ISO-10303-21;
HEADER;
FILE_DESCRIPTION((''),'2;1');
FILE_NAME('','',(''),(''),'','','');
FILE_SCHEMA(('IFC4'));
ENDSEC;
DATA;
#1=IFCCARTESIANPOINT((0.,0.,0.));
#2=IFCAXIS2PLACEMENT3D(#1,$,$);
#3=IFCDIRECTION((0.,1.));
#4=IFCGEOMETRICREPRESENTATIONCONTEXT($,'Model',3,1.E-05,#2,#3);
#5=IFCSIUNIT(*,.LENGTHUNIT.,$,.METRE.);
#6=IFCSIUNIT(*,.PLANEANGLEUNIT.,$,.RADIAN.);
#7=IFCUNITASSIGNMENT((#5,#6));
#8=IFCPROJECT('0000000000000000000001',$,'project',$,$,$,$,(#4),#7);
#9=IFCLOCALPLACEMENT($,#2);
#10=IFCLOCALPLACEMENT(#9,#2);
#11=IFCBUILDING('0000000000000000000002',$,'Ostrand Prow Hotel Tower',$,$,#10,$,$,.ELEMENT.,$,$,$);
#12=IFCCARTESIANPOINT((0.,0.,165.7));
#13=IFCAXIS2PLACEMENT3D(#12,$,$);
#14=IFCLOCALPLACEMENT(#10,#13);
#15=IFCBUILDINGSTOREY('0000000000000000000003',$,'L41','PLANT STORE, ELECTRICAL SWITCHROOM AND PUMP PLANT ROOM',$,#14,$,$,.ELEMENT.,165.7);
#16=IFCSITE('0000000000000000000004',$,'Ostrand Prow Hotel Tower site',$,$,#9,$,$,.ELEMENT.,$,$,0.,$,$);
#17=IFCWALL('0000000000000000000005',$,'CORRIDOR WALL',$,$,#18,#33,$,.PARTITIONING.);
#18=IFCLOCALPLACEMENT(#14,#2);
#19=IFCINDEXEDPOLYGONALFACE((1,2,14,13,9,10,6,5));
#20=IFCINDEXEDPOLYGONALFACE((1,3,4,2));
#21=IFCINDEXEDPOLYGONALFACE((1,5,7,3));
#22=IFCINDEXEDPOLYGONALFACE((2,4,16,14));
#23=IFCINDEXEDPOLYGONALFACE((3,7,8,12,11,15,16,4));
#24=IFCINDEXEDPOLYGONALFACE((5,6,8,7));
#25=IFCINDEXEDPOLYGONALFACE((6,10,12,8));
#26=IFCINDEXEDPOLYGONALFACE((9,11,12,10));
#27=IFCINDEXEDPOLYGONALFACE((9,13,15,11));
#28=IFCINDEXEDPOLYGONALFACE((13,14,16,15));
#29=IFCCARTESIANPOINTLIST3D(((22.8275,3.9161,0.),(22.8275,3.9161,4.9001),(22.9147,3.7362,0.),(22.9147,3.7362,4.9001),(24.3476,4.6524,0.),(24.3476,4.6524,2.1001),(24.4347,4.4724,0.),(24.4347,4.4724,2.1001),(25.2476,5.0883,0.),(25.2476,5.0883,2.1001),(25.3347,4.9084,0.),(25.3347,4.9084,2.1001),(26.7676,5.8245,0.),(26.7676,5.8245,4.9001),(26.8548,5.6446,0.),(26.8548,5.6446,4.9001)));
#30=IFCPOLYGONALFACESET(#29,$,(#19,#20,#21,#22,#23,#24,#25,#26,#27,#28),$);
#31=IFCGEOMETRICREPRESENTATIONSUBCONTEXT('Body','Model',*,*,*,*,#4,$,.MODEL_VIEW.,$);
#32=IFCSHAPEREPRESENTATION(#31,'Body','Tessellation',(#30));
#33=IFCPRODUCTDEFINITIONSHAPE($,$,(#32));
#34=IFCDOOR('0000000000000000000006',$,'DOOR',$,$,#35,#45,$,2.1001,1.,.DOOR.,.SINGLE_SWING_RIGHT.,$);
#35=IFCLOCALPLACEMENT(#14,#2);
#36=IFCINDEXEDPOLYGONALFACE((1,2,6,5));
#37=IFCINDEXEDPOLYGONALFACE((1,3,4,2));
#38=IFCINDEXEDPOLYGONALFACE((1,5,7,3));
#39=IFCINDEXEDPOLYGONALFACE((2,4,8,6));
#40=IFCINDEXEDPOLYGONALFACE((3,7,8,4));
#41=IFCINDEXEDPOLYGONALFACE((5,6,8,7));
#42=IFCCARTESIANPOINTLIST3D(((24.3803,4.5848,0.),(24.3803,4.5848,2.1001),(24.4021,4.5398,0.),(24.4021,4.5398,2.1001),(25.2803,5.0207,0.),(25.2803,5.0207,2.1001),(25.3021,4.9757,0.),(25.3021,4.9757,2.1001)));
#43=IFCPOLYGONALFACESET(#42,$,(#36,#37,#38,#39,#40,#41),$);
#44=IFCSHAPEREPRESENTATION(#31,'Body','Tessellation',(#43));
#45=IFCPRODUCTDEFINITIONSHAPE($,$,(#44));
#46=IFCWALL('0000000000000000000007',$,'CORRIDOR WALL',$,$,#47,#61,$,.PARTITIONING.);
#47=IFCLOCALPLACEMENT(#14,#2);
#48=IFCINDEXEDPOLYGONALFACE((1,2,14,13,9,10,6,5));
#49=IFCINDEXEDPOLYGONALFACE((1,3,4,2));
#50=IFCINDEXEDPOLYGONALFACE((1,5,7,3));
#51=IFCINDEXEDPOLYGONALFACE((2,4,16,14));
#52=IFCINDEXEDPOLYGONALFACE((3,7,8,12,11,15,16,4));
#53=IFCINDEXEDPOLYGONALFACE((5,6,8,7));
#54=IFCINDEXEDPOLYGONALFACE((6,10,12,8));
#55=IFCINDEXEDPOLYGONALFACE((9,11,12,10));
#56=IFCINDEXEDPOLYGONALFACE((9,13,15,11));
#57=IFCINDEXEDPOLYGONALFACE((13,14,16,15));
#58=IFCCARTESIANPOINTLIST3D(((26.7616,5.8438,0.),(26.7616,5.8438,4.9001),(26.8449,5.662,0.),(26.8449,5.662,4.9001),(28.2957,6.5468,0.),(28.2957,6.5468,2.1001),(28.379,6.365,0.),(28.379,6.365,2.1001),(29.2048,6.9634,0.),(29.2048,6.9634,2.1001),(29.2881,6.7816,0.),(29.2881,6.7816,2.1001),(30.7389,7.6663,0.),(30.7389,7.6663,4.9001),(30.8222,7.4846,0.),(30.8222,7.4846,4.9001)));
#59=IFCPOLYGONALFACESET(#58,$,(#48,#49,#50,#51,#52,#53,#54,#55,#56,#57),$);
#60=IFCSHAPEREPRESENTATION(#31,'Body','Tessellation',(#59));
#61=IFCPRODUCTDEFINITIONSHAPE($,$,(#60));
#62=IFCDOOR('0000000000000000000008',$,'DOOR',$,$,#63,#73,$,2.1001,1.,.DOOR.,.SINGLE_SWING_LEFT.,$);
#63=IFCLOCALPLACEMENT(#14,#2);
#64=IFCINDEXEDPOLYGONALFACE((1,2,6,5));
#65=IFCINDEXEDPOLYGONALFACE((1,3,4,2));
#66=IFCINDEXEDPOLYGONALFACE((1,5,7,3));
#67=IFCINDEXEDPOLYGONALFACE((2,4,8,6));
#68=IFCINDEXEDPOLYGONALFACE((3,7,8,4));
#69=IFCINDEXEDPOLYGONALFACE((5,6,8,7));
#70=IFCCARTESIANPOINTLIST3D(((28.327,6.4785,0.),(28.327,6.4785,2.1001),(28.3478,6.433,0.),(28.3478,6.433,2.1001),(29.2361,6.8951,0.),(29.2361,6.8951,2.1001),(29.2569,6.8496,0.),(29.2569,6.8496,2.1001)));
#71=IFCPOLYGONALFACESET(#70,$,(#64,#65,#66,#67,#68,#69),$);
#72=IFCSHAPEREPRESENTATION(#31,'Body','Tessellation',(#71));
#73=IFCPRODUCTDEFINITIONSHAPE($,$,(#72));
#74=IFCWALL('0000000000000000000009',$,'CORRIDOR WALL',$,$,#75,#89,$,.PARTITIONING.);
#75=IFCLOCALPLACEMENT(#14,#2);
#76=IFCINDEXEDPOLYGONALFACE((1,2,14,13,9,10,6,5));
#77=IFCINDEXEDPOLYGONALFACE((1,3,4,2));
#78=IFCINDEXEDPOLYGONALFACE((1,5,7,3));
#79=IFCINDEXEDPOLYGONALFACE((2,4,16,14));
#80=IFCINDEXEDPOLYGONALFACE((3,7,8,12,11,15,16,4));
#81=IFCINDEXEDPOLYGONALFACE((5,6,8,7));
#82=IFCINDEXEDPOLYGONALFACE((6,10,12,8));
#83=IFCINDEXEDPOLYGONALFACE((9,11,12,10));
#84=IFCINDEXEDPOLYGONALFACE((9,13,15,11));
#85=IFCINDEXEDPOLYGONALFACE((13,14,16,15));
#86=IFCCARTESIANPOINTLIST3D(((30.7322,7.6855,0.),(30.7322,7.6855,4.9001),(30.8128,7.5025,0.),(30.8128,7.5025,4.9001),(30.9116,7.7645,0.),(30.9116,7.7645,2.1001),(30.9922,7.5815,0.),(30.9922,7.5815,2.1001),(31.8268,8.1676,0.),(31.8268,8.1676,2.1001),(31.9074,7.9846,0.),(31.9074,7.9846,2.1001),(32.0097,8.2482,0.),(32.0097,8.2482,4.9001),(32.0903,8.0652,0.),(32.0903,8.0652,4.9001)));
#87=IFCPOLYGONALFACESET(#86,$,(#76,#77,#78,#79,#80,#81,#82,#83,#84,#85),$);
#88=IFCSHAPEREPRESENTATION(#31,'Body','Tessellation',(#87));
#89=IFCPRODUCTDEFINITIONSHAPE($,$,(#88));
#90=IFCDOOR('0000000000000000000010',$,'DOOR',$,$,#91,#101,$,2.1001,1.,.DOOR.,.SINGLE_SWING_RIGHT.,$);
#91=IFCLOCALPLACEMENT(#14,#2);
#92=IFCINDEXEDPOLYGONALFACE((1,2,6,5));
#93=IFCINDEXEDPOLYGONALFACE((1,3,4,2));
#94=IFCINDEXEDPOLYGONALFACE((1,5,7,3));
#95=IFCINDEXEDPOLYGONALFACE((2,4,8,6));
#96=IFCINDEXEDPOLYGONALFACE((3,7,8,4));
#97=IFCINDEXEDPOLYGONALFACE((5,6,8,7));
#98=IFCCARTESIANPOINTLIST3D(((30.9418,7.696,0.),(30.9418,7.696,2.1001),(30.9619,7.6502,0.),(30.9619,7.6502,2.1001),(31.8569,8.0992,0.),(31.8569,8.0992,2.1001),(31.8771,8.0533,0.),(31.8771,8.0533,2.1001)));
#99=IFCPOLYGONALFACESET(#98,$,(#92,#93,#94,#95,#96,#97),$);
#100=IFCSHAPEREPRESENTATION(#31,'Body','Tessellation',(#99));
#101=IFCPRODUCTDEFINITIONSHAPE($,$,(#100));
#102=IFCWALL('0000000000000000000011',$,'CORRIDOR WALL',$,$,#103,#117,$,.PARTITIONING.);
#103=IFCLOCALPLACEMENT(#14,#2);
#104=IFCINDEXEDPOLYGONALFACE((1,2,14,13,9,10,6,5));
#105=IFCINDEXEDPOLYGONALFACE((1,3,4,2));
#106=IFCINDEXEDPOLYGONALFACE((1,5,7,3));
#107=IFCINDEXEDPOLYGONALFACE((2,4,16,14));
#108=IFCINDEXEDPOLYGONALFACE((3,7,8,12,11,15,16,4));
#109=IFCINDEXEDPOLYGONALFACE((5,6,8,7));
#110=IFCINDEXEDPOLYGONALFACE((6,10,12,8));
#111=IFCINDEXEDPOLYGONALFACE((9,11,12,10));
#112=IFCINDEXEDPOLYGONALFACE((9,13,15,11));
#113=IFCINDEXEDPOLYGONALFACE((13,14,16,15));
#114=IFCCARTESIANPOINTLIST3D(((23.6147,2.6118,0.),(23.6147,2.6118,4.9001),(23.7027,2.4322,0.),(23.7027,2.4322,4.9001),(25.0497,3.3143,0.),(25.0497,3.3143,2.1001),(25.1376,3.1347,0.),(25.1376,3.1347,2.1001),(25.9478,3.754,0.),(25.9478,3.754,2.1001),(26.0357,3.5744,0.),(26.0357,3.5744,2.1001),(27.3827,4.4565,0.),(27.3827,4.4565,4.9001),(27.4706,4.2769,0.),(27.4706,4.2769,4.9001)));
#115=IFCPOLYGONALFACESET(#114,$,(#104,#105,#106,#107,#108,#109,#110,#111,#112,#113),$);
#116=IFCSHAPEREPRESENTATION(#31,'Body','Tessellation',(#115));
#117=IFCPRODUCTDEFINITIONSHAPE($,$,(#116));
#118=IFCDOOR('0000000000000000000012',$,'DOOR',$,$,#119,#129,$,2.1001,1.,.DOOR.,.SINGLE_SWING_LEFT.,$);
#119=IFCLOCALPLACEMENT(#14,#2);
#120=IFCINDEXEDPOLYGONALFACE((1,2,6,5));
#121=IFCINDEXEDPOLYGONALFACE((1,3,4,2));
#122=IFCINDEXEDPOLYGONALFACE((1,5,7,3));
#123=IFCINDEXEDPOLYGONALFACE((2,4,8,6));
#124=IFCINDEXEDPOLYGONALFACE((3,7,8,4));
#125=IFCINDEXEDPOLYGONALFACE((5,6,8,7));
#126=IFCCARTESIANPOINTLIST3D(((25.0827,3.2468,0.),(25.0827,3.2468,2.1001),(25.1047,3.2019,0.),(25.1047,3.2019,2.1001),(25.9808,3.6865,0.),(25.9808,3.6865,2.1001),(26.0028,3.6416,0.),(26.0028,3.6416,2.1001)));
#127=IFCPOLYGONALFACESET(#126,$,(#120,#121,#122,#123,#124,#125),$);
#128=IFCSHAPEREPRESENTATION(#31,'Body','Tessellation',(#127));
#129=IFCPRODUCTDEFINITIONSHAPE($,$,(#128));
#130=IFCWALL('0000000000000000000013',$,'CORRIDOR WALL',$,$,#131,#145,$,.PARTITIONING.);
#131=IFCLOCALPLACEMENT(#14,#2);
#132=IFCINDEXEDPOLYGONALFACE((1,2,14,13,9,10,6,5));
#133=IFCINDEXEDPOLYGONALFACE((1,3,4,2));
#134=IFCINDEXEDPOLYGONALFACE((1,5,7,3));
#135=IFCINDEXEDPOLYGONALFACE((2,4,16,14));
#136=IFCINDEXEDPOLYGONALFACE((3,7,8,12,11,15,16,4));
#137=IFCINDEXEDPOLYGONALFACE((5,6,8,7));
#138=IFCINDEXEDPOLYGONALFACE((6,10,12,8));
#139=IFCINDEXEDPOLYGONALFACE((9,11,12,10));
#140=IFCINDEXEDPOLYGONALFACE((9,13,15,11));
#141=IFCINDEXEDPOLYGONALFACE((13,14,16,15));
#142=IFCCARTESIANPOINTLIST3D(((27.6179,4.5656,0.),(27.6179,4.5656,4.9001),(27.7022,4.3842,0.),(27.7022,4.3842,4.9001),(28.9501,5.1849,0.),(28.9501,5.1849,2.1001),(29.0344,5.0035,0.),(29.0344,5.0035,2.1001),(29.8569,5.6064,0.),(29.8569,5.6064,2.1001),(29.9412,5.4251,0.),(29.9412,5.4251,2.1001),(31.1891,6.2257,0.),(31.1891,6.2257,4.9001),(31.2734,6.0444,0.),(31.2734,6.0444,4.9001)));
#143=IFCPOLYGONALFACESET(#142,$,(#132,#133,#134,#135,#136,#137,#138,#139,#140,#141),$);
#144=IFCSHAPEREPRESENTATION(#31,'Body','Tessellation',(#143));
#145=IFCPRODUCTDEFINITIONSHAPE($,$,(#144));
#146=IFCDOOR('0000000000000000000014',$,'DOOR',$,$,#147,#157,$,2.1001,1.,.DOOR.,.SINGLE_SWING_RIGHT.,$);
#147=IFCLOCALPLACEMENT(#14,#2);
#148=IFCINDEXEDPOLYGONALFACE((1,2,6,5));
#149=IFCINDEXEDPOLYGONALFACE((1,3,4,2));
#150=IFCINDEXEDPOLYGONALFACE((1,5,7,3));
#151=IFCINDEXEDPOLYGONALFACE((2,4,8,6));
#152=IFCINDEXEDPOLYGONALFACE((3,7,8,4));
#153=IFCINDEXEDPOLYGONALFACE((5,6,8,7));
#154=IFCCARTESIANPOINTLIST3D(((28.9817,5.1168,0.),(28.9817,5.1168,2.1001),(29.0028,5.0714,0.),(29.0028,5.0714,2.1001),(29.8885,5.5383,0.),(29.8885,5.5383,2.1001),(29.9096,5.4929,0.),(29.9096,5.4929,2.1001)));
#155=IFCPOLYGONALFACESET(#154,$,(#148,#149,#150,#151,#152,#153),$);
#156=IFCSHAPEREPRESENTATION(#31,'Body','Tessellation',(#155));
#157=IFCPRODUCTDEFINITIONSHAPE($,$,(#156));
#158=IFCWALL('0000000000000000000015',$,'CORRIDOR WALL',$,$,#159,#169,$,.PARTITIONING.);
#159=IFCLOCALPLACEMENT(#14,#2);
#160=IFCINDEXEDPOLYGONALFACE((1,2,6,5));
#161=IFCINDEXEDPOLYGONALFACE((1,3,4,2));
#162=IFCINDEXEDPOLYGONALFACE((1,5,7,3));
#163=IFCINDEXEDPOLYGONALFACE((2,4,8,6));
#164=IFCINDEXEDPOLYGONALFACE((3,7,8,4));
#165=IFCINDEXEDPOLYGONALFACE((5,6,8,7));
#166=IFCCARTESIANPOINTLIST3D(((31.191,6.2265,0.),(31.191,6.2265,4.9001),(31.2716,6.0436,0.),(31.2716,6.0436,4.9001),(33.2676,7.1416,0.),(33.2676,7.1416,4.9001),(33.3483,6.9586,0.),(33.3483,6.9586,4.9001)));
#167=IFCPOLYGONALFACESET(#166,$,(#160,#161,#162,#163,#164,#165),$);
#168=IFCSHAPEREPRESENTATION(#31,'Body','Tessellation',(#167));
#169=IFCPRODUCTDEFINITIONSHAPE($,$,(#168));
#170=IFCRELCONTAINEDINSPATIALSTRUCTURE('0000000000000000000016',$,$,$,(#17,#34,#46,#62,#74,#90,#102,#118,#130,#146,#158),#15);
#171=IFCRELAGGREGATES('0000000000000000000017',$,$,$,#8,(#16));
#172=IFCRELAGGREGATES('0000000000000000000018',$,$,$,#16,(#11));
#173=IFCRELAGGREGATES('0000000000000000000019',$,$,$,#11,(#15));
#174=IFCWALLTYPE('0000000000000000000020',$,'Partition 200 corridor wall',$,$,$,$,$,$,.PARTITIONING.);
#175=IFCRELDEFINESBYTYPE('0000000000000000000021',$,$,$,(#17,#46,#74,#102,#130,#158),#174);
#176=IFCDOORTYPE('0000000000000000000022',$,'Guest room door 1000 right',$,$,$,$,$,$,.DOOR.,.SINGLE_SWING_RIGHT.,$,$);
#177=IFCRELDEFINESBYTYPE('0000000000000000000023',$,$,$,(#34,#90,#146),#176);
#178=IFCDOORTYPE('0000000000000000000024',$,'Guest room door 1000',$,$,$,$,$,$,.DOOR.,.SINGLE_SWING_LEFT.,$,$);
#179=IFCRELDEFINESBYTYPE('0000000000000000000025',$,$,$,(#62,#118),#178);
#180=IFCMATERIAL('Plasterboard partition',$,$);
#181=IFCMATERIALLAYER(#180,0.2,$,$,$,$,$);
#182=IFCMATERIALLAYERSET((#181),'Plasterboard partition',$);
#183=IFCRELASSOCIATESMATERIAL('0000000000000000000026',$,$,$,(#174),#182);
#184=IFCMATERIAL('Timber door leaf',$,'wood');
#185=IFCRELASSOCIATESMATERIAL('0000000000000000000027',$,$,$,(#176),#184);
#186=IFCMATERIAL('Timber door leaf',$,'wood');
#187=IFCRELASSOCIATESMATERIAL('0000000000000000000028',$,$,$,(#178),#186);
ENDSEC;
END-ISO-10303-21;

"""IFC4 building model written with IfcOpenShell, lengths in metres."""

from ifc_helpers import new_model, si_unit, direction, frame, frame_2d, origin, place, context, subcontext, project, spatial, rectangle, extrude, material, layer, layer_set, type_object, element, fill, save


model = new_model("IFC4")

# Units and contexts
model_context = context("Model", 3, precision=1e-05, world=origin(), true_north=direction((0.0, 1.0)))
body_context = subcontext(model_context, "Body", "Model", "MODEL_VIEW")
ifc_project = project(units=[si_unit("LENGTHUNIT", "METRE"), si_unit("PLANEANGLEUNIT", "RADIAN")], contexts=[model_context])

# Site, building, storey
site_placement = place(None, origin())
site = spatial("IfcSite", under=ifc_project, at=site_placement, Name="Ostrand Prow Hotel Tower site", CompositionType="ELEMENT", RefElevation=0.0)
building_placement = place(site_placement, origin())
building = spatial("IfcBuilding", under=site, at=building_placement, Name="Ostrand Prow Hotel Tower", CompositionType="ELEMENT")
storey_placement = place(building_placement, frame((0.0, 0.0, 165.7)))
storey = spatial("IfcBuildingStorey", under=building, at=storey_placement, Name="L41", Description="PLANT STORE, ELECTRICAL SWITCHROOM AND PUMP PLANT ROOM", CompositionType="ELEMENT", Elevation=165.7)

# Walls, openings, doors
ifc_material_1 = material(Name="Plasterboard partition")
ifc_layer_1 = layer(ifc_material_1, 0.2)
ifc_layer_set_1 = layer_set([ifc_layer_1], Name="Plasterboard partition")
wall_type_1 = type_object("IfcWallType", Name="Partition 200 corridor wall", PredefinedType="PARTITIONING", material=ifc_layer_set_1)
wall_1_placement = place(storey_placement, frame((22.8711, 3.8262, 0.0), z_axis=(0.0, 0.0, 1.0), x_axis=(0.899989, 0.435914, 0.0)))
wall_1 = element("IfcWall", 1, at=wall_1_placement, inside=storey, type_object=wall_type_1, Name="CORRIDOR WALL", PredefinedType="PARTITIONING", context=body_context, shape_type="SweptSolid", body=[
    extrude(rectangle(XDim=4.3779, YDim=0.2, at=frame_2d((2.189, 0.0))), origin(), (0.0, 0.0, 1.0), 4.9001),
])
opening_1_placement = place(wall_1_placement, frame((1.689, 0.0, 0.0)))
opening_1 = element("IfcOpeningElement", 2, at=opening_1_placement, cuts=wall_1, PredefinedType="OPENING", context=body_context, shape_type="SweptSolid", body=[
    extrude(rectangle(XDim=1.0, YDim=2.1001, at=frame_2d((0.5, 1.05))), frame((0.0, 0.1099, 0.0), z_axis=(0.0, -1.0, 0.0), x_axis=(1.0, 0.0, 0.0)), (0.0, 0.0, 1.0), 0.22),
])
ifc_material_2 = material(Name="Timber door leaf", Category="wood")
door_type_1 = type_object("IfcDoorType", Name="Guest room door 1000 right", OperationType="SINGLE_SWING_RIGHT", PredefinedType="DOOR", material=ifc_material_2)
door_1_placement = place(opening_1_placement, origin())
door_1 = element("IfcDoor", 3, at=door_1_placement, inside=storey, type_object=door_type_1, Name="DOOR", OperationType="SINGLE_SWING_RIGHT", OverallHeight=2.1001, OverallWidth=1.0, PredefinedType="DOOR", context=body_context, shape_type="SweptSolid", body=[
    extrude(rectangle(XDim=1.0, YDim=2.1001, at=frame_2d((0.5, 1.05))), frame((0.0, 0.0249, 0.0), z_axis=(0.0, -1.0, 0.0), x_axis=(1.0, 0.0, 0.0)), (0.0, 0.0, 1.0), 0.05),
])
fill(opening_1, door_1)
wall_2_placement = place(storey_placement, frame((26.8032, 5.7529, 0.0), z_axis=(0.0, 0.0, 1.0), x_axis=(0.909101, 0.416576, 0.0)))
wall_2 = element("IfcWall", 4, at=wall_2_placement, inside=storey, type_object=wall_type_1, Name="CORRIDOR WALL", PredefinedType="PARTITIONING", context=body_context, shape_type="SweptSolid", body=[
    extrude(rectangle(XDim=4.375, YDim=0.2, at=frame_2d((2.1875, 0.0))), origin(), (0.0, 0.0, 1.0), 4.9001),
])
opening_2_placement = place(wall_2_placement, frame((1.6875, 0.0, 0.0)))
opening_2 = element("IfcOpeningElement", 5, at=opening_2_placement, cuts=wall_2, PredefinedType="OPENING", context=body_context, shape_type="SweptSolid", body=[
    extrude(rectangle(XDim=1.0, YDim=2.1001, at=frame_2d((0.5, 1.05))), frame((0.0, 0.1099, 0.0), z_axis=(0.0, -1.0, 0.0), x_axis=(1.0, 0.0, 0.0)), (0.0, 0.0, 1.0), 0.22),
])
ifc_material_3 = material(Name="Timber door leaf", Category="wood")
door_type_2 = type_object("IfcDoorType", Name="Guest room door 1000", OperationType="SINGLE_SWING_LEFT", PredefinedType="DOOR", material=ifc_material_3)
door_2_placement = place(opening_2_placement, origin())
door_2 = element("IfcDoor", 6, at=door_2_placement, inside=storey, type_object=door_type_2, Name="DOOR", OperationType="SINGLE_SWING_LEFT", OverallHeight=2.1001, OverallWidth=1.0, PredefinedType="DOOR", context=body_context, shape_type="SweptSolid", body=[
    extrude(rectangle(XDim=1.0, YDim=2.1001, at=frame_2d((0.5, 1.05))), frame((0.0, 0.0249, 0.0), z_axis=(0.0, -1.0, 0.0), x_axis=(1.0, 0.0, 0.0)), (0.0, 0.0, 1.0), 0.05),
])
fill(opening_2, door_2)
wall_3_placement = place(storey_placement, frame((32.05, 8.1567, 0.0), z_axis=(0.0, 0.0, 1.0), x_axis=(-0.915155, -0.403102, 0.0)))
wall_3 = element("IfcWall", 7, at=wall_3_placement, inside=storey, type_object=wall_type_1, Name="CORRIDOR WALL", PredefinedType="PARTITIONING", context=body_context, shape_type="SweptSolid", body=[
    extrude(rectangle(XDim=1.396, YDim=0.2, at=frame_2d((0.698, 0.0))), origin(), (0.0, 0.0, 1.0), 4.9001),
])
opening_3_placement = place(wall_3_placement, frame((0.2, 0.0, 0.0)))
opening_3 = element("IfcOpeningElement", 8, at=opening_3_placement, cuts=wall_3, PredefinedType="OPENING", context=body_context, shape_type="SweptSolid", body=[
    extrude(rectangle(XDim=1.0, YDim=2.1001, at=frame_2d((0.5, 1.05))), frame((0.0, 0.1099, 0.0), z_axis=(0.0, -1.0, 0.0), x_axis=(1.0, 0.0, 0.0)), (0.0, 0.0, 1.0), 0.22),
])
door_3_placement = place(opening_3_placement, origin())
door_3 = element("IfcDoor", 9, at=door_3_placement, inside=storey, type_object=door_type_1, Name="DOOR", OperationType="SINGLE_SWING_RIGHT", OverallHeight=2.1001, OverallWidth=1.0, PredefinedType="DOOR", context=body_context, shape_type="SweptSolid", body=[
    extrude(rectangle(XDim=1.0, YDim=2.1001, at=frame_2d((0.5, 1.05))), frame((0.0, 0.0249, 0.0), z_axis=(0.0, -1.0, 0.0), x_axis=(1.0, 0.0, 0.0)), (0.0, 0.0, 1.0), 0.05),
])
fill(opening_3, door_3)
wall_4_placement = place(storey_placement, frame((23.6587, 2.522, 0.0), z_axis=(0.0, 0.0, 1.0), x_axis=(0.898143, 0.439703, 0.0)))
wall_4 = element("IfcWall", 10, at=wall_4_placement, inside=storey, type_object=wall_type_1, Name="CORRIDOR WALL", PredefinedType="PARTITIONING", context=body_context, shape_type="SweptSolid", body=[
    extrude(rectangle(XDim=4.1953, YDim=0.2, at=frame_2d((2.0977, 0.0))), origin(), (0.0, 0.0, 1.0), 4.9001),
])
opening_4_placement = place(wall_4_placement, frame((1.5977, 0.0, 0.0)))
opening_4 = element("IfcOpeningElement", 11, at=opening_4_placement, cuts=wall_4, PredefinedType="OPENING", context=body_context, shape_type="SweptSolid", body=[
    extrude(rectangle(XDim=1.0, YDim=2.1001, at=frame_2d((0.5, 1.05))), frame((0.0, 0.1099, 0.0), z_axis=(0.0, -1.0, 0.0), x_axis=(1.0, 0.0, 0.0)), (0.0, 0.0, 1.0), 0.22),
])
door_4_placement = place(opening_4_placement, origin())
door_4 = element("IfcDoor", 12, at=door_4_placement, inside=storey, type_object=door_type_2, Name="DOOR", OperationType="SINGLE_SWING_LEFT", OverallHeight=2.1001, OverallWidth=1.0, PredefinedType="DOOR", context=body_context, shape_type="SweptSolid", body=[
    extrude(rectangle(XDim=1.0, YDim=2.1001, at=frame_2d((0.5, 1.05))), frame((0.0, 0.0249, 0.0), z_axis=(0.0, -1.0, 0.0), x_axis=(1.0, 0.0, 0.0)), (0.0, 0.0, 1.0), 0.05),
])
fill(opening_4, door_4)
wall_5_placement = place(storey_placement, frame((27.6599, 4.4749, 0.0), z_axis=(0.0, 0.0, 1.0), x_axis=(0.906809, 0.421541, 0.0)))
wall_5 = element("IfcWall", 13, at=wall_5_placement, inside=storey, type_object=wall_type_1, Name="CORRIDOR WALL", PredefinedType="PARTITIONING", context=body_context, shape_type="SweptSolid", body=[
    extrude(rectangle(XDim=3.9382, YDim=0.2, at=frame_2d((1.9692, 0.0))), origin(), (0.0, 0.0, 1.0), 4.9001),
])
opening_5_placement = place(wall_5_placement, frame((1.4692, 0.0, 0.0)))
opening_5 = element("IfcOpeningElement", 14, at=opening_5_placement, cuts=wall_5, PredefinedType="OPENING", context=body_context, shape_type="SweptSolid", body=[
    extrude(rectangle(XDim=1.0, YDim=2.1001, at=frame_2d((0.5, 1.05))), frame((0.0, 0.1099, 0.0), z_axis=(0.0, -1.0, 0.0), x_axis=(1.0, 0.0, 0.0)), (0.0, 0.0, 1.0), 0.22),
])
door_5_placement = place(opening_5_placement, origin())
door_5 = element("IfcDoor", 15, at=door_5_placement, inside=storey, type_object=door_type_1, Name="DOOR", OperationType="SINGLE_SWING_RIGHT", OverallHeight=2.1001, OverallWidth=1.0, PredefinedType="DOOR", context=body_context, shape_type="SweptSolid", body=[
    extrude(rectangle(XDim=1.0, YDim=2.1001, at=frame_2d((0.5, 1.05))), frame((0.0, 0.0249, 0.0), z_axis=(0.0, -1.0, 0.0), x_axis=(1.0, 0.0, 0.0)), (0.0, 0.0, 1.0), 0.05),
])
fill(opening_5, door_5)

# Wall
wall_6_placement = place(storey_placement, frame((31.2312, 6.135, 0.0), z_axis=(0.0, 0.0, 1.0), x_axis=(0.915102, 0.403222, 0.0)))
element("IfcWall", 16, at=wall_6_placement, inside=storey, type_object=wall_type_1, Name="CORRIDOR WALL", PredefinedType="PARTITIONING", context=body_context, shape_type="SweptSolid", body=[
    extrude(rectangle(XDim=2.2693, YDim=0.2, at=frame_2d((1.1348, 0.0))), origin(), (0.0, 0.0, 1.0), 4.9001),
])

save(model, "model.ifc")
